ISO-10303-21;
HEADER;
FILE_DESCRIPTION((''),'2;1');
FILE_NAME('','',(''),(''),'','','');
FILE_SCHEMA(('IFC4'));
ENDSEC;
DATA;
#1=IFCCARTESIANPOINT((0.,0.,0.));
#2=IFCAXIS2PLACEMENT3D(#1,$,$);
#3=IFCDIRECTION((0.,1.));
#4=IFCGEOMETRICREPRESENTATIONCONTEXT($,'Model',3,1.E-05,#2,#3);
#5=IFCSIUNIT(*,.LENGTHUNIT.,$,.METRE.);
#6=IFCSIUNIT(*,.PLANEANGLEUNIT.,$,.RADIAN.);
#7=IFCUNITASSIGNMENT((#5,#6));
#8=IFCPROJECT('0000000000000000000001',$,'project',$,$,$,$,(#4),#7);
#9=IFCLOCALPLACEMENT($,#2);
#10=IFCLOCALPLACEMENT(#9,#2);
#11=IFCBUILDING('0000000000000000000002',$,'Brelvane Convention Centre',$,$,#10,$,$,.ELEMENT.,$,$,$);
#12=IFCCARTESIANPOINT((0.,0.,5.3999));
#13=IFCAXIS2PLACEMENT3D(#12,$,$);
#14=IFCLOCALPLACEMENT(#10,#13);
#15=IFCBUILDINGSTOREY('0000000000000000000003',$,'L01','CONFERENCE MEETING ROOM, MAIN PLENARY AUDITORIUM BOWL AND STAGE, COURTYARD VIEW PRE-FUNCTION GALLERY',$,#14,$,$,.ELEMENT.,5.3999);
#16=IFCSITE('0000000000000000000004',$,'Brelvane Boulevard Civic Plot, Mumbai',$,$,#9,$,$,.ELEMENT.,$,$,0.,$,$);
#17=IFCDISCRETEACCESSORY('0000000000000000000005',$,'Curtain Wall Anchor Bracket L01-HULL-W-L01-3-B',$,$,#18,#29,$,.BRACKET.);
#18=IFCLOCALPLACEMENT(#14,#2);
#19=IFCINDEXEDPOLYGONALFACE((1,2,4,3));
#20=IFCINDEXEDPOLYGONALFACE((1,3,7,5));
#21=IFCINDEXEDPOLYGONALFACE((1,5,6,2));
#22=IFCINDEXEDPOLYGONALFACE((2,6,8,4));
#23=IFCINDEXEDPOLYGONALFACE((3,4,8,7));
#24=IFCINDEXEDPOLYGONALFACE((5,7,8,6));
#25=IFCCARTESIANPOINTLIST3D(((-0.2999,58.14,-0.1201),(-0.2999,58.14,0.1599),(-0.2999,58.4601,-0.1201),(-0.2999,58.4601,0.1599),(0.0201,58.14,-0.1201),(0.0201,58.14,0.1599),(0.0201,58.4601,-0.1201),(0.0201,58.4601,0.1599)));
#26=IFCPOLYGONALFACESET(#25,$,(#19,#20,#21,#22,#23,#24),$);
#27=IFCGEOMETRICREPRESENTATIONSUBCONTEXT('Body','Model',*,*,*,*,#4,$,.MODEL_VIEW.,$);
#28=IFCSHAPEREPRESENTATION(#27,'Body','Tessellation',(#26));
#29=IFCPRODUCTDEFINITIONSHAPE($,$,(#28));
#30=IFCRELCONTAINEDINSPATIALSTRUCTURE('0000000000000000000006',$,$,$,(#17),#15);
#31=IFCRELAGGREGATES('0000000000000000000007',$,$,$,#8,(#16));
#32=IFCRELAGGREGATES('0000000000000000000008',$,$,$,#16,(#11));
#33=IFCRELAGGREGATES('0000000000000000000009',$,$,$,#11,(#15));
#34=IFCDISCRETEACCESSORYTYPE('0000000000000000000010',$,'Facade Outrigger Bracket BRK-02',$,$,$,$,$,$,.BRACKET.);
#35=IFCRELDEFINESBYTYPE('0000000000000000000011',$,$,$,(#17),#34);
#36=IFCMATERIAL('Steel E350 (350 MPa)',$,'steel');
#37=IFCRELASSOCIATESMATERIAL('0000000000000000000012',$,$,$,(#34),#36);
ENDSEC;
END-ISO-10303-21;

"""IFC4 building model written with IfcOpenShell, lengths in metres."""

from ifc_helpers import new_model, si_unit, direction, frame, origin, origin_2d, place, context, subcontext, project, spatial, rectangle, extrude, material, type_object, element, save


model = new_model("IFC4")

# Units and contexts
model_context = context("Model", 3, precision=1e-05, world=origin(), true_north=direction((0.0, 1.0)))
body_context = subcontext(model_context, "Body", "Model", "MODEL_VIEW")
ifc_project = project(units=[si_unit("LENGTHUNIT", "METRE"), si_unit("PLANEANGLEUNIT", "RADIAN")], contexts=[model_context])

# Site, building, storey
site_placement = place(None, origin())
site = spatial("IfcSite", under=ifc_project, at=site_placement, Name="Brelvane Boulevard Civic Plot, Mumbai", CompositionType="ELEMENT", RefElevation=0.0)
building_placement = place(site_placement, origin())
building = spatial("IfcBuilding", under=site, at=building_placement, Name="Brelvane Convention Centre", CompositionType="ELEMENT")
storey_placement = place(building_placement, frame((0.0, 0.0, 5.3999)))
storey = spatial("IfcBuildingStorey", under=building, at=storey_placement, Name="L01", Description="CONFERENCE MEETING ROOM, MAIN PLENARY AUDITORIUM BOWL AND STAGE, COURTYARD VIEW PRE-FUNCTION GALLERY", CompositionType="ELEMENT", Elevation=5.3999)

# Discrete accessory
ifc_material_1 = material(Name="Steel E350 (350 MPa)", Category="steel")
discrete_accessory_type_1 = type_object("IfcDiscreteAccessoryType", Name="Facade Outrigger Bracket BRK-02", PredefinedType="BRACKET", material=ifc_material_1)
discrete_accessory_placement = place(storey_placement, frame((-0.1399, 58.3, -0.1201), z_axis=(0.0, 0.0, 1.0), x_axis=(1.0, 0.0, 0.0)))
element("IfcDiscreteAccessory", 1, at=discrete_accessory_placement, inside=storey, type_object=discrete_accessory_type_1, Name="Curtain Wall Anchor Bracket L01-HULL-W-L01-3-B", PredefinedType="BRACKET", context=body_context, shape_type="SweptSolid", body=[
    extrude(rectangle(XDim=0.3201, YDim=0.3201, at=origin_2d()), origin(), (0.0, 0.0, 1.0), 0.28),
])

save(model, "model.ifc")
